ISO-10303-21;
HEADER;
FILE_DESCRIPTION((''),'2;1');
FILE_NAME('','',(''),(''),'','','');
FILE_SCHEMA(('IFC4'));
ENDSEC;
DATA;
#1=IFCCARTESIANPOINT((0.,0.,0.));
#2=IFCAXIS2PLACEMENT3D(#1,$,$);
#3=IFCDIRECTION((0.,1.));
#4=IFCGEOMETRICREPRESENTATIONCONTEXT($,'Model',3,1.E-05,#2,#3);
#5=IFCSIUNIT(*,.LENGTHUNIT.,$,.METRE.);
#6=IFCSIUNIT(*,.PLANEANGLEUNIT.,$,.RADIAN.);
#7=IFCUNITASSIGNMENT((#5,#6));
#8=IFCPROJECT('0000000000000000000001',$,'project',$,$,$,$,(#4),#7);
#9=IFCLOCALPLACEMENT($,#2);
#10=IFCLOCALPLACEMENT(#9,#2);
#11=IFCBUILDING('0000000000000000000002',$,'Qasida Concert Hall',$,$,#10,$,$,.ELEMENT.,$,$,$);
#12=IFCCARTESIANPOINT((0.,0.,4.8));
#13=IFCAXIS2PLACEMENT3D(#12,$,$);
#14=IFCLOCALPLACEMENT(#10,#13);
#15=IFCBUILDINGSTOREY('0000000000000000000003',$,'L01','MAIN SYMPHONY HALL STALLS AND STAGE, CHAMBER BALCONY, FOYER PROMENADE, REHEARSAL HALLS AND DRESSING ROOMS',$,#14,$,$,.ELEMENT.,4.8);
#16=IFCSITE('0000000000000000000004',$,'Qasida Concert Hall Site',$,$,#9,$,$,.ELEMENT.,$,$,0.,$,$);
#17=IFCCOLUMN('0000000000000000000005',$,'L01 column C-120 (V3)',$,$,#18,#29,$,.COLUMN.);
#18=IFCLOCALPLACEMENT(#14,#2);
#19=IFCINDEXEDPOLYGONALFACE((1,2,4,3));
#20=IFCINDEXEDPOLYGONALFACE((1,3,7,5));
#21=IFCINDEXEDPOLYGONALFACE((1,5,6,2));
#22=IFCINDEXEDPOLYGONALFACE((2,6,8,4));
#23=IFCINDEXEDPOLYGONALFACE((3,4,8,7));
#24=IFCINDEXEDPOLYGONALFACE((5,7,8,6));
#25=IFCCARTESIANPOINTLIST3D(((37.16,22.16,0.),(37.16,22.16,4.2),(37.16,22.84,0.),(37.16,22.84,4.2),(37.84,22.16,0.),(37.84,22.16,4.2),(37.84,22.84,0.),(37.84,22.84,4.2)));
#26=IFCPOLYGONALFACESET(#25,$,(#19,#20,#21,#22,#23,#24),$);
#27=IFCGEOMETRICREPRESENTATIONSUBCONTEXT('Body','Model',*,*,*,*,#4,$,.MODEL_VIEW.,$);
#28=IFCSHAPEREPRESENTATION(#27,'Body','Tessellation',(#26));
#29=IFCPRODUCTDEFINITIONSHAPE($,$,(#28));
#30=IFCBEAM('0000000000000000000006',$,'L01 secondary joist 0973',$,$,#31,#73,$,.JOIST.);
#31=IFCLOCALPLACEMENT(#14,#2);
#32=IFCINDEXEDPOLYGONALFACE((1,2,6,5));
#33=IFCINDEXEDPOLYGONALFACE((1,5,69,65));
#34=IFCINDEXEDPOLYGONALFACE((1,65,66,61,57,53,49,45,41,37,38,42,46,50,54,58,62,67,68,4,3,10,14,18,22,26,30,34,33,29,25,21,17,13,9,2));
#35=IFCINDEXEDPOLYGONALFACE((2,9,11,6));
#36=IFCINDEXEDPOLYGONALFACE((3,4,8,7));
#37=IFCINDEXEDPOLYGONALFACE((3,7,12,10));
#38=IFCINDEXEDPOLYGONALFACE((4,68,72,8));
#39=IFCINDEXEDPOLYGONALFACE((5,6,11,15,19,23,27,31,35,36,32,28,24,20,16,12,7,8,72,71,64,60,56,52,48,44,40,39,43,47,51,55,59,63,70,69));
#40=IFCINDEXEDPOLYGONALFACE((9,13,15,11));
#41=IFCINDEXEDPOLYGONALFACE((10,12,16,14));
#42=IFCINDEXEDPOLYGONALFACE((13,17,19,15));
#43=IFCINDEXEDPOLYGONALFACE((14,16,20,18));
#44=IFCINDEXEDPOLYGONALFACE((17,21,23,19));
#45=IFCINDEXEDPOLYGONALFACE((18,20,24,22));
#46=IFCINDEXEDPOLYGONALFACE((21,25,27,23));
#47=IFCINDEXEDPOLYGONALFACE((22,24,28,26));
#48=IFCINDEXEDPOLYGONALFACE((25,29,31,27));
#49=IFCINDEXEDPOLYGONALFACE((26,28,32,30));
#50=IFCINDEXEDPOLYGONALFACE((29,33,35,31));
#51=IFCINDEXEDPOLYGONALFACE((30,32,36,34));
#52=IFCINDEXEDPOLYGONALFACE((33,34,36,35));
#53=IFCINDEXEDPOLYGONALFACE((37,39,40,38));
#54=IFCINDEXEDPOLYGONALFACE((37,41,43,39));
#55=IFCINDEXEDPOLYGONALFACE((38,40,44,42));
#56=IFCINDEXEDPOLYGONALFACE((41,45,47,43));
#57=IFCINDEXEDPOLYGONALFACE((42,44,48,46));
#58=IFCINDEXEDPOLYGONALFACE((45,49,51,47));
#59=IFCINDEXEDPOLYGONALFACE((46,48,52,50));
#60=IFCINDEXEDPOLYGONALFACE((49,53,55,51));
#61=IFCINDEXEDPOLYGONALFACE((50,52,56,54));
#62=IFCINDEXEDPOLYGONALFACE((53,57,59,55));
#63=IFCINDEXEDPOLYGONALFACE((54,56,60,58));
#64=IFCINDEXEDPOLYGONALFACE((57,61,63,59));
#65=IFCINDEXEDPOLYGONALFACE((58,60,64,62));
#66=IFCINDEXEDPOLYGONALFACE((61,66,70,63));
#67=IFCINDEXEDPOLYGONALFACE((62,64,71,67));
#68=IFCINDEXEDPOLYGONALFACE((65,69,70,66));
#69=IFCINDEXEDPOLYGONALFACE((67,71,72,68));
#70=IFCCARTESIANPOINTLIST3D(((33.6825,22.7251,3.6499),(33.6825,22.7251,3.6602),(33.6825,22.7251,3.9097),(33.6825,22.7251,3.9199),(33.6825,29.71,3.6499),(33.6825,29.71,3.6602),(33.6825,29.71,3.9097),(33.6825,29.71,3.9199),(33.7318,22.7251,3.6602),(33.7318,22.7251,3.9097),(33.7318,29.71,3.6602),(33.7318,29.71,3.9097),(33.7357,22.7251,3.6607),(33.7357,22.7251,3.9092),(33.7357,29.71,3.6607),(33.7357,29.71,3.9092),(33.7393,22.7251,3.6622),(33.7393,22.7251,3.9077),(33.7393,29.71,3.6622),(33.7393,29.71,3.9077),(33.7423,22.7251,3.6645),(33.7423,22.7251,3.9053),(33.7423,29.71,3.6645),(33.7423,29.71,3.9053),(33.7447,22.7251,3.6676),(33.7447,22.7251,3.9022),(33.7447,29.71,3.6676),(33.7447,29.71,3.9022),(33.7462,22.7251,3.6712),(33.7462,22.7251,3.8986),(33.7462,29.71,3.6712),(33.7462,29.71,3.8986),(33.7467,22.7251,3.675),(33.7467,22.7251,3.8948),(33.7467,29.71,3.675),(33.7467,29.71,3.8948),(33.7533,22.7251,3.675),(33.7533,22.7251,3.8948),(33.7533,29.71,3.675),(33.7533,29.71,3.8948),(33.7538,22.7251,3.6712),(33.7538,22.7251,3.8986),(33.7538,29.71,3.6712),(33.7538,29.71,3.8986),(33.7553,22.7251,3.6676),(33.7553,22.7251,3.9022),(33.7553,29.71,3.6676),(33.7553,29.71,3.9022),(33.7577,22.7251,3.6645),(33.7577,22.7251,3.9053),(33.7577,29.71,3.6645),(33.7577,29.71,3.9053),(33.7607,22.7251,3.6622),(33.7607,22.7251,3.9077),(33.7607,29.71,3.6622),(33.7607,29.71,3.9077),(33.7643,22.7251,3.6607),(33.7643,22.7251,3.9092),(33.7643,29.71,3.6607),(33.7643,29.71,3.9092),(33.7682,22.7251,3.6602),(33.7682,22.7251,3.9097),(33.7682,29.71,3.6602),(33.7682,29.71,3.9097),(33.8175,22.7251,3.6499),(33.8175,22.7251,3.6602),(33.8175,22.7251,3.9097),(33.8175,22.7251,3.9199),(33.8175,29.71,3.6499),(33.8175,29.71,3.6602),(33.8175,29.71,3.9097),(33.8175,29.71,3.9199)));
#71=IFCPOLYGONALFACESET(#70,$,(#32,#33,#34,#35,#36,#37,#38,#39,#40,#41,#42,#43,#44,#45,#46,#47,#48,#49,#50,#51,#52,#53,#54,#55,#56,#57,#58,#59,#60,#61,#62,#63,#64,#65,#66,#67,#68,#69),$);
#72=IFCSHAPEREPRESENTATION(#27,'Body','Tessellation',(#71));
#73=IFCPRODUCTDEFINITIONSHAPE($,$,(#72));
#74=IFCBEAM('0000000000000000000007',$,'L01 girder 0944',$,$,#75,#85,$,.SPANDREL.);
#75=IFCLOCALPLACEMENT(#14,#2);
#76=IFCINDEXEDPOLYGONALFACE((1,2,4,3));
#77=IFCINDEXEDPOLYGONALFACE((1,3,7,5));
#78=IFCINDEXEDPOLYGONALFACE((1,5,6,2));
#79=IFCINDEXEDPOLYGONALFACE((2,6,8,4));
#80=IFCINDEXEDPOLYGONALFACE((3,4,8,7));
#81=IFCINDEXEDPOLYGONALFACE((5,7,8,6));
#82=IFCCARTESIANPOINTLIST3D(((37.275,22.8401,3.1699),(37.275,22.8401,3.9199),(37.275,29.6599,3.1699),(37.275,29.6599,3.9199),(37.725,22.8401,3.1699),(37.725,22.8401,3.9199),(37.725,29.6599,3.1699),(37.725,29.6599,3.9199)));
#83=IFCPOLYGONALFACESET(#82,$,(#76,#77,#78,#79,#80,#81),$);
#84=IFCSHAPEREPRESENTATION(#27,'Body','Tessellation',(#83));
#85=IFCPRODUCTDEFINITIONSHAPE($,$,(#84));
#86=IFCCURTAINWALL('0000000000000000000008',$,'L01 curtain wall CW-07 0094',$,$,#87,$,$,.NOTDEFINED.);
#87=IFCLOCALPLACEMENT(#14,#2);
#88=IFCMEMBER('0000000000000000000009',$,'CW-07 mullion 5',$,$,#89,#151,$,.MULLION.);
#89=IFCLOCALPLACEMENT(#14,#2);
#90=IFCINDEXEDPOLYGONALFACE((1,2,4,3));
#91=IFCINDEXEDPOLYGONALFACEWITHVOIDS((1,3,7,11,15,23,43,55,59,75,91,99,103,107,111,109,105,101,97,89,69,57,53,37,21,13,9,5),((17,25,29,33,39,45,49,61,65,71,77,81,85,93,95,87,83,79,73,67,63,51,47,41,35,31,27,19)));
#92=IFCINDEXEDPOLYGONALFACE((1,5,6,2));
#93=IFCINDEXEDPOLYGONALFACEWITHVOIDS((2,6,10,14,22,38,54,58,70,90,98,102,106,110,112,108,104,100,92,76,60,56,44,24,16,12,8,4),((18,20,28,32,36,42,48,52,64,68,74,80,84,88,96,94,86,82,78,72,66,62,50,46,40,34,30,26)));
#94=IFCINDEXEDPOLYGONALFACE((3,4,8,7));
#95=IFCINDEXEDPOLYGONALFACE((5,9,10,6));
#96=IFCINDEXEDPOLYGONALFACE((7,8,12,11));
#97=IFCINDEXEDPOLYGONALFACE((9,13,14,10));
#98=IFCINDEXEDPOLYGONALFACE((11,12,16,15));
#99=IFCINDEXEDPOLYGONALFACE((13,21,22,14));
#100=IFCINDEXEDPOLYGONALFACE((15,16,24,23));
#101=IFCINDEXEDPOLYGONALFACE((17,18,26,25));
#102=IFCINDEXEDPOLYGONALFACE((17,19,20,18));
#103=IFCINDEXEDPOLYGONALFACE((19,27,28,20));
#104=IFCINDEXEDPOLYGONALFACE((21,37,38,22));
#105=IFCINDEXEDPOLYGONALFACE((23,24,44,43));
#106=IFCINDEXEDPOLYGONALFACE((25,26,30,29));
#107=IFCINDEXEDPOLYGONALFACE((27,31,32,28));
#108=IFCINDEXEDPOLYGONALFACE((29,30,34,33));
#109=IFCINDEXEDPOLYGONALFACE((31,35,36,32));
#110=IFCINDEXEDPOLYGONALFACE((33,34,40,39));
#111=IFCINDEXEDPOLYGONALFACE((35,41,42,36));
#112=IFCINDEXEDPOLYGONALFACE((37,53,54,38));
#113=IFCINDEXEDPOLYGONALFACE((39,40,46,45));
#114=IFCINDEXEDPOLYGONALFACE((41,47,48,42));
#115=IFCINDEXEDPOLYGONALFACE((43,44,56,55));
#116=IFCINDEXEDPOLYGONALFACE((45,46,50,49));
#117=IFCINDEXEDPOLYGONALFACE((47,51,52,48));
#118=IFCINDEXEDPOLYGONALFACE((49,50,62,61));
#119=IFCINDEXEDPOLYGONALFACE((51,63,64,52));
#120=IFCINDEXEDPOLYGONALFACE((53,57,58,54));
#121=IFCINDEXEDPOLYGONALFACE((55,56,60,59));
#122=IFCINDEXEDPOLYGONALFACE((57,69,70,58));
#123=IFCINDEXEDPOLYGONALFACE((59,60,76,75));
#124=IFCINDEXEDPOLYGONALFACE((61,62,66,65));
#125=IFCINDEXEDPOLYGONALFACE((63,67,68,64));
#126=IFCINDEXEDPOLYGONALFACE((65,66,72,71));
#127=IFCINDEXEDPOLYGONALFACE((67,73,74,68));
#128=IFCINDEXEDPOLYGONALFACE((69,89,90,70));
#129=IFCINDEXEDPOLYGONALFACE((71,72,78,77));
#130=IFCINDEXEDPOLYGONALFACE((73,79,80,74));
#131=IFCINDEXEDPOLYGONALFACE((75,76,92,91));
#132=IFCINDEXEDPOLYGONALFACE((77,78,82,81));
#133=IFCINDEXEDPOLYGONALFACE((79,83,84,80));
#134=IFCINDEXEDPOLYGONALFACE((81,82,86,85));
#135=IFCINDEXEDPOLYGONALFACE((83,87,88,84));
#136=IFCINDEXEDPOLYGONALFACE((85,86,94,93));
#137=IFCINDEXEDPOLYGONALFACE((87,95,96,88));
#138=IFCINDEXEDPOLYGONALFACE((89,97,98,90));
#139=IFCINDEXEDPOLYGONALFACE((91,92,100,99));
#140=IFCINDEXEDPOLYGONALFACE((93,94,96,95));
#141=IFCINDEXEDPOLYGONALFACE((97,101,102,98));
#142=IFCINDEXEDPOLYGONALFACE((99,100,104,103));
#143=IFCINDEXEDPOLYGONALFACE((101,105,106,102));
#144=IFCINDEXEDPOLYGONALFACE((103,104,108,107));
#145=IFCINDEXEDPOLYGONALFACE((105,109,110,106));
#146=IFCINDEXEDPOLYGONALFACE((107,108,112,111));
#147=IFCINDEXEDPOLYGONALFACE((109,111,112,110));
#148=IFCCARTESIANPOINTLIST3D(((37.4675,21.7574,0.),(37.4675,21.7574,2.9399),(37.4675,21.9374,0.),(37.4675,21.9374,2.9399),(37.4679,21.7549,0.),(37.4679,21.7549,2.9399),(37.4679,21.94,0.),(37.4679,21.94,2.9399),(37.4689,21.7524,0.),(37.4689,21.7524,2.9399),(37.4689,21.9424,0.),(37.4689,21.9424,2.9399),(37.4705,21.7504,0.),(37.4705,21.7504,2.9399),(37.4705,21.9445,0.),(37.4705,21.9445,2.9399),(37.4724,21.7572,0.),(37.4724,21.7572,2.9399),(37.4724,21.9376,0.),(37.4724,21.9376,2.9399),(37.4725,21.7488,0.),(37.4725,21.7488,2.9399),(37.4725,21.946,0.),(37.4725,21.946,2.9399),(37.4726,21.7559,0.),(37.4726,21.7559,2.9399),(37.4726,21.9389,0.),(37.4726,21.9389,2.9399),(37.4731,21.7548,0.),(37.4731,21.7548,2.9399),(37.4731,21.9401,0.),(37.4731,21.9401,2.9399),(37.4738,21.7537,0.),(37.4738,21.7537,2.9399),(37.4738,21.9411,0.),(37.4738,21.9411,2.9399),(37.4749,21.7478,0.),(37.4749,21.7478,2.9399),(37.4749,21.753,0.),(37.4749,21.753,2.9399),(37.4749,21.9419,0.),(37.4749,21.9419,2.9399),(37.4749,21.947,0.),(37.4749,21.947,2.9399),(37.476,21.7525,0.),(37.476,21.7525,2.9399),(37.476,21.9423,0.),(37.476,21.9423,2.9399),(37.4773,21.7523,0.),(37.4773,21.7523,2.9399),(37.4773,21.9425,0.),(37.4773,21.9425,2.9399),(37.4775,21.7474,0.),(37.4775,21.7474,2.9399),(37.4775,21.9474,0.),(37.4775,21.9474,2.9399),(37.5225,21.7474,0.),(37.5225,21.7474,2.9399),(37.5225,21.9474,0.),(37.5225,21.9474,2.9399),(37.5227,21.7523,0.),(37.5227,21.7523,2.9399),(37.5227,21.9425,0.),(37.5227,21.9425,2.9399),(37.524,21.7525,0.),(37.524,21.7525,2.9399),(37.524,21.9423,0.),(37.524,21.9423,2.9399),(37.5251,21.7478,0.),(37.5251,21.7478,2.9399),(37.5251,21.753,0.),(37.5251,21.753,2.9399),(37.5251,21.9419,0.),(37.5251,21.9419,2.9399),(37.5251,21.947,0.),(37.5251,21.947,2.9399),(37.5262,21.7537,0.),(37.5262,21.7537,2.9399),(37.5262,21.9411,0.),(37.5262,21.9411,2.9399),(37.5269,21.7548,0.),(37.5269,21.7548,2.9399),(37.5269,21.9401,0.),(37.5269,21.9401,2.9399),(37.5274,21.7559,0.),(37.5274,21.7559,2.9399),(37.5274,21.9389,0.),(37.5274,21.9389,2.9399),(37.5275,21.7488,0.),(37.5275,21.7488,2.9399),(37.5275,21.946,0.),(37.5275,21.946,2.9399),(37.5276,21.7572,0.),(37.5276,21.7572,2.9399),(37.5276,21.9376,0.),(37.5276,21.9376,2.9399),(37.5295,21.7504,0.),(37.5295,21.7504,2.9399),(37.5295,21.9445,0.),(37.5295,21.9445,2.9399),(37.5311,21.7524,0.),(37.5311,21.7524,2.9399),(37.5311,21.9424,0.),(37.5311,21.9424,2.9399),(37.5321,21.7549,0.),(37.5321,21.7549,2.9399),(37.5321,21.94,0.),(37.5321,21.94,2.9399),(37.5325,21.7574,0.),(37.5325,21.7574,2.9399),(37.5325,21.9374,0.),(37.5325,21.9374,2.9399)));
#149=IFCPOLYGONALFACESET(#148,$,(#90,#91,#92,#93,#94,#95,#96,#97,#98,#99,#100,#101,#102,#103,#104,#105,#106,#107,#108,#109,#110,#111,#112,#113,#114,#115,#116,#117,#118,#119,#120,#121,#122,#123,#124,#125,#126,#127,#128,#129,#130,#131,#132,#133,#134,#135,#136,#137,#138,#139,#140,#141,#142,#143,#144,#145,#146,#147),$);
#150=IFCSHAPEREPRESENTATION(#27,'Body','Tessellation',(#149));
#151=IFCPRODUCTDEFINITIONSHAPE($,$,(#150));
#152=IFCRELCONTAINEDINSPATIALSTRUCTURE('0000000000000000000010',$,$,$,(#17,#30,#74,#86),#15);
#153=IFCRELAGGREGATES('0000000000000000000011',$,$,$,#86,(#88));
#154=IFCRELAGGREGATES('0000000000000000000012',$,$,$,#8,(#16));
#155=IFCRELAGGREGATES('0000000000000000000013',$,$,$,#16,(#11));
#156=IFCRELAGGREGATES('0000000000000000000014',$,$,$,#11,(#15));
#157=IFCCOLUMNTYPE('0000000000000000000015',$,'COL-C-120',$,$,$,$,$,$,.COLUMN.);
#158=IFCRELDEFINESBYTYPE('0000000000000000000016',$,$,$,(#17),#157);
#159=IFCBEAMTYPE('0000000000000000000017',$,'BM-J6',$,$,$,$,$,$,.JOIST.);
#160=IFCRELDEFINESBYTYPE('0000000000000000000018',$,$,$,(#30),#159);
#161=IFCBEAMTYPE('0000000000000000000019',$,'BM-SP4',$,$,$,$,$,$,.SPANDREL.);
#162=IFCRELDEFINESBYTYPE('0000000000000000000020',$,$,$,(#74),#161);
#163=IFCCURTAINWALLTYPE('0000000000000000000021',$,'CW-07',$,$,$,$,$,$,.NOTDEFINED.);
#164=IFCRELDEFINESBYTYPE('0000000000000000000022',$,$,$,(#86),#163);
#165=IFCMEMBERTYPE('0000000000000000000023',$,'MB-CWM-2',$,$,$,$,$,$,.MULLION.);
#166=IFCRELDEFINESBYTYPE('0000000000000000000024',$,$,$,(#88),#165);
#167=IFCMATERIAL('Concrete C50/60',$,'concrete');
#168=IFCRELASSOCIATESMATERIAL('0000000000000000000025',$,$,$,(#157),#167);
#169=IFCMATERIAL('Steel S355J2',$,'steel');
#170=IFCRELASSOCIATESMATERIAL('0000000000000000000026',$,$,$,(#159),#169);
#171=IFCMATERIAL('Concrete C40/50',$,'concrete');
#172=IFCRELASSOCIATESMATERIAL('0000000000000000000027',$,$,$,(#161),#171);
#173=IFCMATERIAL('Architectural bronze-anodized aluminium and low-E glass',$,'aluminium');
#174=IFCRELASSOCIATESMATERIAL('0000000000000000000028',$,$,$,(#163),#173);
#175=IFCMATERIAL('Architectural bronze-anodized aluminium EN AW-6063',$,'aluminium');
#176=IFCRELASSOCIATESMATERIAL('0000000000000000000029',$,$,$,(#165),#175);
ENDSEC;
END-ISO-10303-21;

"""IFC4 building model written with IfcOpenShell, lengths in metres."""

from ifc_helpers import new_model, si_unit, direction, frame, origin, origin_2d, place, context, subcontext, project, spatial, rectangle, hollow_rectangle, i_section, extrude, material, material_profile, profile_set, type_object, element, aggregate, save


model = new_model("IFC4")

# Units and contexts
model_context = context("Model", 3, precision=1e-05, world=origin(), true_north=direction((0.0, 1.0)))
body_context = subcontext(model_context, "Body", "Model", "MODEL_VIEW")
ifc_project = project(units=[si_unit("LENGTHUNIT", "METRE"), si_unit("PLANEANGLEUNIT", "RADIAN")], contexts=[model_context])

# Site, building, storey
site_placement = place(None, origin())
site = spatial("IfcSite", under=ifc_project, at=site_placement, Name="Qasida Concert Hall Site", CompositionType="ELEMENT", RefElevation=0.0)
building_placement = place(site_placement, origin())
building = spatial("IfcBuilding", under=site, at=building_placement, Name="Qasida Concert Hall", CompositionType="ELEMENT")
storey_placement = place(building_placement, frame((0.0, 0.0, 4.8)))
storey = spatial("IfcBuildingStorey", under=building, at=storey_placement, Name="L01", Description="MAIN SYMPHONY HALL STALLS AND STAGE, CHAMBER BALCONY, FOYER PROMENADE, REHEARSAL HALLS AND DRESSING ROOMS", CompositionType="ELEMENT", Elevation=4.8)

# Column
ifc_material_1 = material(Name="Concrete C50/60", Category="concrete")
ifc_material_profile_1 = material_profile(ifc_material_1, rectangle(XDim=0.6799, YDim=0.6799, at=origin_2d()), Name="RC 680x680")
ifc_profile_set_1 = profile_set([ifc_material_profile_1], Name="Concrete C50/60")
column_type = type_object("IfcColumnType", Name="COL-C-120", PredefinedType="COLUMN", material=ifc_profile_set_1)
column_placement = place(storey_placement, frame((37.5, 22.5, 0.0), z_axis=(0.0, 0.0, 1.0), x_axis=(1.0, 0.0, 0.0)))
element("IfcColumn", 1, at=column_placement, inside=storey, type_object=column_type, Name="L01 column C-120 (V3)", PredefinedType="COLUMN", context=body_context, shape_type="SweptSolid", body=[
    extrude(rectangle(XDim=0.6799, YDim=0.6799, at=origin_2d()), origin(), (0.0, 0.0, 1.0), 4.2),
])

# Beams
ifc_material_2 = material(Name="Steel S355J2", Category="steel")
ifc_material_profile_2 = material_profile(ifc_material_2, i_section(OverallWidth=0.135, OverallDepth=0.27, WebThickness=0.0066, FlangeThickness=0.0103, FilletRadius=0.0149, at=origin_2d()), Name="IPE 270")
ifc_profile_set_2 = profile_set([ifc_material_profile_2], Name="Steel S355J2")
beam_type_1 = type_object("IfcBeamType", Name="BM-J6", PredefinedType="JOIST", material=ifc_profile_set_2)
beam_1_placement = place(storey_placement, frame((33.75, 22.7251, 3.7849), z_axis=(0.0, 1.0, 0.0), x_axis=(-1.0, 0.0, 0.0)))
element("IfcBeam", 2, at=beam_1_placement, inside=storey, type_object=beam_type_1, Name="L01 secondary joist 0973", PredefinedType="JOIST", context=body_context, shape_type="SweptSolid", body=[
    extrude(i_section(OverallWidth=0.135, OverallDepth=0.27, WebThickness=0.0066, FlangeThickness=0.0103, FilletRadius=0.0149, at=origin_2d()), origin(), (0.0, 0.0, 1.0), 6.9849),
])
ifc_material_3 = material(Name="Concrete C40/50", Category="concrete")
ifc_material_profile_3 = material_profile(ifc_material_3, rectangle(XDim=0.45, YDim=0.75, at=origin_2d()), Name="RC 450x750")
ifc_profile_set_3 = profile_set([ifc_material_profile_3], Name="Concrete C40/50")
beam_type_2 = type_object("IfcBeamType", Name="BM-SP4", PredefinedType="SPANDREL", material=ifc_profile_set_3)
beam_2_placement = place(storey_placement, frame((37.5, 22.8401, 3.5449), z_axis=(0.0, 1.0, 0.0), x_axis=(-1.0, 0.0, 0.0)))
element("IfcBeam", 3, at=beam_2_placement, inside=storey, type_object=beam_type_2, Name="L01 girder 0944", PredefinedType="SPANDREL", context=body_context, shape_type="SweptSolid", body=[
    extrude(rectangle(XDim=0.45, YDim=0.75, at=origin_2d()), origin(), (0.0, 0.0, 1.0), 6.8198),
])

# Curtain wall, member
ifc_material_4 = material(Name="Architectural bronze-anodized aluminium and low-E glass", Category="aluminium")
curtain_wall_type = type_object("IfcCurtainWallType", Name="CW-07", PredefinedType="NOTDEFINED", material=ifc_material_4)
curtain_wall_1_placement = place(storey_placement, origin())
curtain_wall_1 = element("IfcCurtainWall", 4, at=curtain_wall_1_placement, inside=storey, type_object=curtain_wall_type, Name="L01 curtain wall CW-07 0094", PredefinedType="NOTDEFINED")
ifc_material_5 = material(Name="Architectural bronze-anodized aluminium EN AW-6063", Category="aluminium")
ifc_material_profile_4 = material_profile(ifc_material_5, hollow_rectangle(XDim=0.0649, YDim=0.2, WallThickness=0.0049, InnerFilletRadius=0.0049, OuterFilletRadius=0.01, at=origin_2d()), Name="CWM 200x65x5")
ifc_profile_set_4 = profile_set([ifc_material_profile_4], Name="Architectural bronze-anodized aluminium EN AW-6063")
member_type_1 = type_object("IfcMemberType", Name="MB-CWM-2", PredefinedType="MULLION", material=ifc_profile_set_4)
member_1_placement = place(storey_placement, frame((37.5, 21.8474, 0.0), z_axis=(0.0, 0.0, 1.0), x_axis=(-1.0, 0.0, 0.0)))
member_1 = element("IfcMember", 5, at=member_1_placement, type_object=member_type_1, Name="CW-07 mullion 5", PredefinedType="MULLION", context=body_context, shape_type="SweptSolid", body=[
    extrude(hollow_rectangle(XDim=0.0649, YDim=0.2, WallThickness=0.0049, InnerFilletRadius=0.0049, OuterFilletRadius=0.01, at=origin_2d()), origin(), (0.0, 0.0, 1.0), 2.9399),
])

aggregate(curtain_wall_1, [member_1])

save(model, "model.ifc")
